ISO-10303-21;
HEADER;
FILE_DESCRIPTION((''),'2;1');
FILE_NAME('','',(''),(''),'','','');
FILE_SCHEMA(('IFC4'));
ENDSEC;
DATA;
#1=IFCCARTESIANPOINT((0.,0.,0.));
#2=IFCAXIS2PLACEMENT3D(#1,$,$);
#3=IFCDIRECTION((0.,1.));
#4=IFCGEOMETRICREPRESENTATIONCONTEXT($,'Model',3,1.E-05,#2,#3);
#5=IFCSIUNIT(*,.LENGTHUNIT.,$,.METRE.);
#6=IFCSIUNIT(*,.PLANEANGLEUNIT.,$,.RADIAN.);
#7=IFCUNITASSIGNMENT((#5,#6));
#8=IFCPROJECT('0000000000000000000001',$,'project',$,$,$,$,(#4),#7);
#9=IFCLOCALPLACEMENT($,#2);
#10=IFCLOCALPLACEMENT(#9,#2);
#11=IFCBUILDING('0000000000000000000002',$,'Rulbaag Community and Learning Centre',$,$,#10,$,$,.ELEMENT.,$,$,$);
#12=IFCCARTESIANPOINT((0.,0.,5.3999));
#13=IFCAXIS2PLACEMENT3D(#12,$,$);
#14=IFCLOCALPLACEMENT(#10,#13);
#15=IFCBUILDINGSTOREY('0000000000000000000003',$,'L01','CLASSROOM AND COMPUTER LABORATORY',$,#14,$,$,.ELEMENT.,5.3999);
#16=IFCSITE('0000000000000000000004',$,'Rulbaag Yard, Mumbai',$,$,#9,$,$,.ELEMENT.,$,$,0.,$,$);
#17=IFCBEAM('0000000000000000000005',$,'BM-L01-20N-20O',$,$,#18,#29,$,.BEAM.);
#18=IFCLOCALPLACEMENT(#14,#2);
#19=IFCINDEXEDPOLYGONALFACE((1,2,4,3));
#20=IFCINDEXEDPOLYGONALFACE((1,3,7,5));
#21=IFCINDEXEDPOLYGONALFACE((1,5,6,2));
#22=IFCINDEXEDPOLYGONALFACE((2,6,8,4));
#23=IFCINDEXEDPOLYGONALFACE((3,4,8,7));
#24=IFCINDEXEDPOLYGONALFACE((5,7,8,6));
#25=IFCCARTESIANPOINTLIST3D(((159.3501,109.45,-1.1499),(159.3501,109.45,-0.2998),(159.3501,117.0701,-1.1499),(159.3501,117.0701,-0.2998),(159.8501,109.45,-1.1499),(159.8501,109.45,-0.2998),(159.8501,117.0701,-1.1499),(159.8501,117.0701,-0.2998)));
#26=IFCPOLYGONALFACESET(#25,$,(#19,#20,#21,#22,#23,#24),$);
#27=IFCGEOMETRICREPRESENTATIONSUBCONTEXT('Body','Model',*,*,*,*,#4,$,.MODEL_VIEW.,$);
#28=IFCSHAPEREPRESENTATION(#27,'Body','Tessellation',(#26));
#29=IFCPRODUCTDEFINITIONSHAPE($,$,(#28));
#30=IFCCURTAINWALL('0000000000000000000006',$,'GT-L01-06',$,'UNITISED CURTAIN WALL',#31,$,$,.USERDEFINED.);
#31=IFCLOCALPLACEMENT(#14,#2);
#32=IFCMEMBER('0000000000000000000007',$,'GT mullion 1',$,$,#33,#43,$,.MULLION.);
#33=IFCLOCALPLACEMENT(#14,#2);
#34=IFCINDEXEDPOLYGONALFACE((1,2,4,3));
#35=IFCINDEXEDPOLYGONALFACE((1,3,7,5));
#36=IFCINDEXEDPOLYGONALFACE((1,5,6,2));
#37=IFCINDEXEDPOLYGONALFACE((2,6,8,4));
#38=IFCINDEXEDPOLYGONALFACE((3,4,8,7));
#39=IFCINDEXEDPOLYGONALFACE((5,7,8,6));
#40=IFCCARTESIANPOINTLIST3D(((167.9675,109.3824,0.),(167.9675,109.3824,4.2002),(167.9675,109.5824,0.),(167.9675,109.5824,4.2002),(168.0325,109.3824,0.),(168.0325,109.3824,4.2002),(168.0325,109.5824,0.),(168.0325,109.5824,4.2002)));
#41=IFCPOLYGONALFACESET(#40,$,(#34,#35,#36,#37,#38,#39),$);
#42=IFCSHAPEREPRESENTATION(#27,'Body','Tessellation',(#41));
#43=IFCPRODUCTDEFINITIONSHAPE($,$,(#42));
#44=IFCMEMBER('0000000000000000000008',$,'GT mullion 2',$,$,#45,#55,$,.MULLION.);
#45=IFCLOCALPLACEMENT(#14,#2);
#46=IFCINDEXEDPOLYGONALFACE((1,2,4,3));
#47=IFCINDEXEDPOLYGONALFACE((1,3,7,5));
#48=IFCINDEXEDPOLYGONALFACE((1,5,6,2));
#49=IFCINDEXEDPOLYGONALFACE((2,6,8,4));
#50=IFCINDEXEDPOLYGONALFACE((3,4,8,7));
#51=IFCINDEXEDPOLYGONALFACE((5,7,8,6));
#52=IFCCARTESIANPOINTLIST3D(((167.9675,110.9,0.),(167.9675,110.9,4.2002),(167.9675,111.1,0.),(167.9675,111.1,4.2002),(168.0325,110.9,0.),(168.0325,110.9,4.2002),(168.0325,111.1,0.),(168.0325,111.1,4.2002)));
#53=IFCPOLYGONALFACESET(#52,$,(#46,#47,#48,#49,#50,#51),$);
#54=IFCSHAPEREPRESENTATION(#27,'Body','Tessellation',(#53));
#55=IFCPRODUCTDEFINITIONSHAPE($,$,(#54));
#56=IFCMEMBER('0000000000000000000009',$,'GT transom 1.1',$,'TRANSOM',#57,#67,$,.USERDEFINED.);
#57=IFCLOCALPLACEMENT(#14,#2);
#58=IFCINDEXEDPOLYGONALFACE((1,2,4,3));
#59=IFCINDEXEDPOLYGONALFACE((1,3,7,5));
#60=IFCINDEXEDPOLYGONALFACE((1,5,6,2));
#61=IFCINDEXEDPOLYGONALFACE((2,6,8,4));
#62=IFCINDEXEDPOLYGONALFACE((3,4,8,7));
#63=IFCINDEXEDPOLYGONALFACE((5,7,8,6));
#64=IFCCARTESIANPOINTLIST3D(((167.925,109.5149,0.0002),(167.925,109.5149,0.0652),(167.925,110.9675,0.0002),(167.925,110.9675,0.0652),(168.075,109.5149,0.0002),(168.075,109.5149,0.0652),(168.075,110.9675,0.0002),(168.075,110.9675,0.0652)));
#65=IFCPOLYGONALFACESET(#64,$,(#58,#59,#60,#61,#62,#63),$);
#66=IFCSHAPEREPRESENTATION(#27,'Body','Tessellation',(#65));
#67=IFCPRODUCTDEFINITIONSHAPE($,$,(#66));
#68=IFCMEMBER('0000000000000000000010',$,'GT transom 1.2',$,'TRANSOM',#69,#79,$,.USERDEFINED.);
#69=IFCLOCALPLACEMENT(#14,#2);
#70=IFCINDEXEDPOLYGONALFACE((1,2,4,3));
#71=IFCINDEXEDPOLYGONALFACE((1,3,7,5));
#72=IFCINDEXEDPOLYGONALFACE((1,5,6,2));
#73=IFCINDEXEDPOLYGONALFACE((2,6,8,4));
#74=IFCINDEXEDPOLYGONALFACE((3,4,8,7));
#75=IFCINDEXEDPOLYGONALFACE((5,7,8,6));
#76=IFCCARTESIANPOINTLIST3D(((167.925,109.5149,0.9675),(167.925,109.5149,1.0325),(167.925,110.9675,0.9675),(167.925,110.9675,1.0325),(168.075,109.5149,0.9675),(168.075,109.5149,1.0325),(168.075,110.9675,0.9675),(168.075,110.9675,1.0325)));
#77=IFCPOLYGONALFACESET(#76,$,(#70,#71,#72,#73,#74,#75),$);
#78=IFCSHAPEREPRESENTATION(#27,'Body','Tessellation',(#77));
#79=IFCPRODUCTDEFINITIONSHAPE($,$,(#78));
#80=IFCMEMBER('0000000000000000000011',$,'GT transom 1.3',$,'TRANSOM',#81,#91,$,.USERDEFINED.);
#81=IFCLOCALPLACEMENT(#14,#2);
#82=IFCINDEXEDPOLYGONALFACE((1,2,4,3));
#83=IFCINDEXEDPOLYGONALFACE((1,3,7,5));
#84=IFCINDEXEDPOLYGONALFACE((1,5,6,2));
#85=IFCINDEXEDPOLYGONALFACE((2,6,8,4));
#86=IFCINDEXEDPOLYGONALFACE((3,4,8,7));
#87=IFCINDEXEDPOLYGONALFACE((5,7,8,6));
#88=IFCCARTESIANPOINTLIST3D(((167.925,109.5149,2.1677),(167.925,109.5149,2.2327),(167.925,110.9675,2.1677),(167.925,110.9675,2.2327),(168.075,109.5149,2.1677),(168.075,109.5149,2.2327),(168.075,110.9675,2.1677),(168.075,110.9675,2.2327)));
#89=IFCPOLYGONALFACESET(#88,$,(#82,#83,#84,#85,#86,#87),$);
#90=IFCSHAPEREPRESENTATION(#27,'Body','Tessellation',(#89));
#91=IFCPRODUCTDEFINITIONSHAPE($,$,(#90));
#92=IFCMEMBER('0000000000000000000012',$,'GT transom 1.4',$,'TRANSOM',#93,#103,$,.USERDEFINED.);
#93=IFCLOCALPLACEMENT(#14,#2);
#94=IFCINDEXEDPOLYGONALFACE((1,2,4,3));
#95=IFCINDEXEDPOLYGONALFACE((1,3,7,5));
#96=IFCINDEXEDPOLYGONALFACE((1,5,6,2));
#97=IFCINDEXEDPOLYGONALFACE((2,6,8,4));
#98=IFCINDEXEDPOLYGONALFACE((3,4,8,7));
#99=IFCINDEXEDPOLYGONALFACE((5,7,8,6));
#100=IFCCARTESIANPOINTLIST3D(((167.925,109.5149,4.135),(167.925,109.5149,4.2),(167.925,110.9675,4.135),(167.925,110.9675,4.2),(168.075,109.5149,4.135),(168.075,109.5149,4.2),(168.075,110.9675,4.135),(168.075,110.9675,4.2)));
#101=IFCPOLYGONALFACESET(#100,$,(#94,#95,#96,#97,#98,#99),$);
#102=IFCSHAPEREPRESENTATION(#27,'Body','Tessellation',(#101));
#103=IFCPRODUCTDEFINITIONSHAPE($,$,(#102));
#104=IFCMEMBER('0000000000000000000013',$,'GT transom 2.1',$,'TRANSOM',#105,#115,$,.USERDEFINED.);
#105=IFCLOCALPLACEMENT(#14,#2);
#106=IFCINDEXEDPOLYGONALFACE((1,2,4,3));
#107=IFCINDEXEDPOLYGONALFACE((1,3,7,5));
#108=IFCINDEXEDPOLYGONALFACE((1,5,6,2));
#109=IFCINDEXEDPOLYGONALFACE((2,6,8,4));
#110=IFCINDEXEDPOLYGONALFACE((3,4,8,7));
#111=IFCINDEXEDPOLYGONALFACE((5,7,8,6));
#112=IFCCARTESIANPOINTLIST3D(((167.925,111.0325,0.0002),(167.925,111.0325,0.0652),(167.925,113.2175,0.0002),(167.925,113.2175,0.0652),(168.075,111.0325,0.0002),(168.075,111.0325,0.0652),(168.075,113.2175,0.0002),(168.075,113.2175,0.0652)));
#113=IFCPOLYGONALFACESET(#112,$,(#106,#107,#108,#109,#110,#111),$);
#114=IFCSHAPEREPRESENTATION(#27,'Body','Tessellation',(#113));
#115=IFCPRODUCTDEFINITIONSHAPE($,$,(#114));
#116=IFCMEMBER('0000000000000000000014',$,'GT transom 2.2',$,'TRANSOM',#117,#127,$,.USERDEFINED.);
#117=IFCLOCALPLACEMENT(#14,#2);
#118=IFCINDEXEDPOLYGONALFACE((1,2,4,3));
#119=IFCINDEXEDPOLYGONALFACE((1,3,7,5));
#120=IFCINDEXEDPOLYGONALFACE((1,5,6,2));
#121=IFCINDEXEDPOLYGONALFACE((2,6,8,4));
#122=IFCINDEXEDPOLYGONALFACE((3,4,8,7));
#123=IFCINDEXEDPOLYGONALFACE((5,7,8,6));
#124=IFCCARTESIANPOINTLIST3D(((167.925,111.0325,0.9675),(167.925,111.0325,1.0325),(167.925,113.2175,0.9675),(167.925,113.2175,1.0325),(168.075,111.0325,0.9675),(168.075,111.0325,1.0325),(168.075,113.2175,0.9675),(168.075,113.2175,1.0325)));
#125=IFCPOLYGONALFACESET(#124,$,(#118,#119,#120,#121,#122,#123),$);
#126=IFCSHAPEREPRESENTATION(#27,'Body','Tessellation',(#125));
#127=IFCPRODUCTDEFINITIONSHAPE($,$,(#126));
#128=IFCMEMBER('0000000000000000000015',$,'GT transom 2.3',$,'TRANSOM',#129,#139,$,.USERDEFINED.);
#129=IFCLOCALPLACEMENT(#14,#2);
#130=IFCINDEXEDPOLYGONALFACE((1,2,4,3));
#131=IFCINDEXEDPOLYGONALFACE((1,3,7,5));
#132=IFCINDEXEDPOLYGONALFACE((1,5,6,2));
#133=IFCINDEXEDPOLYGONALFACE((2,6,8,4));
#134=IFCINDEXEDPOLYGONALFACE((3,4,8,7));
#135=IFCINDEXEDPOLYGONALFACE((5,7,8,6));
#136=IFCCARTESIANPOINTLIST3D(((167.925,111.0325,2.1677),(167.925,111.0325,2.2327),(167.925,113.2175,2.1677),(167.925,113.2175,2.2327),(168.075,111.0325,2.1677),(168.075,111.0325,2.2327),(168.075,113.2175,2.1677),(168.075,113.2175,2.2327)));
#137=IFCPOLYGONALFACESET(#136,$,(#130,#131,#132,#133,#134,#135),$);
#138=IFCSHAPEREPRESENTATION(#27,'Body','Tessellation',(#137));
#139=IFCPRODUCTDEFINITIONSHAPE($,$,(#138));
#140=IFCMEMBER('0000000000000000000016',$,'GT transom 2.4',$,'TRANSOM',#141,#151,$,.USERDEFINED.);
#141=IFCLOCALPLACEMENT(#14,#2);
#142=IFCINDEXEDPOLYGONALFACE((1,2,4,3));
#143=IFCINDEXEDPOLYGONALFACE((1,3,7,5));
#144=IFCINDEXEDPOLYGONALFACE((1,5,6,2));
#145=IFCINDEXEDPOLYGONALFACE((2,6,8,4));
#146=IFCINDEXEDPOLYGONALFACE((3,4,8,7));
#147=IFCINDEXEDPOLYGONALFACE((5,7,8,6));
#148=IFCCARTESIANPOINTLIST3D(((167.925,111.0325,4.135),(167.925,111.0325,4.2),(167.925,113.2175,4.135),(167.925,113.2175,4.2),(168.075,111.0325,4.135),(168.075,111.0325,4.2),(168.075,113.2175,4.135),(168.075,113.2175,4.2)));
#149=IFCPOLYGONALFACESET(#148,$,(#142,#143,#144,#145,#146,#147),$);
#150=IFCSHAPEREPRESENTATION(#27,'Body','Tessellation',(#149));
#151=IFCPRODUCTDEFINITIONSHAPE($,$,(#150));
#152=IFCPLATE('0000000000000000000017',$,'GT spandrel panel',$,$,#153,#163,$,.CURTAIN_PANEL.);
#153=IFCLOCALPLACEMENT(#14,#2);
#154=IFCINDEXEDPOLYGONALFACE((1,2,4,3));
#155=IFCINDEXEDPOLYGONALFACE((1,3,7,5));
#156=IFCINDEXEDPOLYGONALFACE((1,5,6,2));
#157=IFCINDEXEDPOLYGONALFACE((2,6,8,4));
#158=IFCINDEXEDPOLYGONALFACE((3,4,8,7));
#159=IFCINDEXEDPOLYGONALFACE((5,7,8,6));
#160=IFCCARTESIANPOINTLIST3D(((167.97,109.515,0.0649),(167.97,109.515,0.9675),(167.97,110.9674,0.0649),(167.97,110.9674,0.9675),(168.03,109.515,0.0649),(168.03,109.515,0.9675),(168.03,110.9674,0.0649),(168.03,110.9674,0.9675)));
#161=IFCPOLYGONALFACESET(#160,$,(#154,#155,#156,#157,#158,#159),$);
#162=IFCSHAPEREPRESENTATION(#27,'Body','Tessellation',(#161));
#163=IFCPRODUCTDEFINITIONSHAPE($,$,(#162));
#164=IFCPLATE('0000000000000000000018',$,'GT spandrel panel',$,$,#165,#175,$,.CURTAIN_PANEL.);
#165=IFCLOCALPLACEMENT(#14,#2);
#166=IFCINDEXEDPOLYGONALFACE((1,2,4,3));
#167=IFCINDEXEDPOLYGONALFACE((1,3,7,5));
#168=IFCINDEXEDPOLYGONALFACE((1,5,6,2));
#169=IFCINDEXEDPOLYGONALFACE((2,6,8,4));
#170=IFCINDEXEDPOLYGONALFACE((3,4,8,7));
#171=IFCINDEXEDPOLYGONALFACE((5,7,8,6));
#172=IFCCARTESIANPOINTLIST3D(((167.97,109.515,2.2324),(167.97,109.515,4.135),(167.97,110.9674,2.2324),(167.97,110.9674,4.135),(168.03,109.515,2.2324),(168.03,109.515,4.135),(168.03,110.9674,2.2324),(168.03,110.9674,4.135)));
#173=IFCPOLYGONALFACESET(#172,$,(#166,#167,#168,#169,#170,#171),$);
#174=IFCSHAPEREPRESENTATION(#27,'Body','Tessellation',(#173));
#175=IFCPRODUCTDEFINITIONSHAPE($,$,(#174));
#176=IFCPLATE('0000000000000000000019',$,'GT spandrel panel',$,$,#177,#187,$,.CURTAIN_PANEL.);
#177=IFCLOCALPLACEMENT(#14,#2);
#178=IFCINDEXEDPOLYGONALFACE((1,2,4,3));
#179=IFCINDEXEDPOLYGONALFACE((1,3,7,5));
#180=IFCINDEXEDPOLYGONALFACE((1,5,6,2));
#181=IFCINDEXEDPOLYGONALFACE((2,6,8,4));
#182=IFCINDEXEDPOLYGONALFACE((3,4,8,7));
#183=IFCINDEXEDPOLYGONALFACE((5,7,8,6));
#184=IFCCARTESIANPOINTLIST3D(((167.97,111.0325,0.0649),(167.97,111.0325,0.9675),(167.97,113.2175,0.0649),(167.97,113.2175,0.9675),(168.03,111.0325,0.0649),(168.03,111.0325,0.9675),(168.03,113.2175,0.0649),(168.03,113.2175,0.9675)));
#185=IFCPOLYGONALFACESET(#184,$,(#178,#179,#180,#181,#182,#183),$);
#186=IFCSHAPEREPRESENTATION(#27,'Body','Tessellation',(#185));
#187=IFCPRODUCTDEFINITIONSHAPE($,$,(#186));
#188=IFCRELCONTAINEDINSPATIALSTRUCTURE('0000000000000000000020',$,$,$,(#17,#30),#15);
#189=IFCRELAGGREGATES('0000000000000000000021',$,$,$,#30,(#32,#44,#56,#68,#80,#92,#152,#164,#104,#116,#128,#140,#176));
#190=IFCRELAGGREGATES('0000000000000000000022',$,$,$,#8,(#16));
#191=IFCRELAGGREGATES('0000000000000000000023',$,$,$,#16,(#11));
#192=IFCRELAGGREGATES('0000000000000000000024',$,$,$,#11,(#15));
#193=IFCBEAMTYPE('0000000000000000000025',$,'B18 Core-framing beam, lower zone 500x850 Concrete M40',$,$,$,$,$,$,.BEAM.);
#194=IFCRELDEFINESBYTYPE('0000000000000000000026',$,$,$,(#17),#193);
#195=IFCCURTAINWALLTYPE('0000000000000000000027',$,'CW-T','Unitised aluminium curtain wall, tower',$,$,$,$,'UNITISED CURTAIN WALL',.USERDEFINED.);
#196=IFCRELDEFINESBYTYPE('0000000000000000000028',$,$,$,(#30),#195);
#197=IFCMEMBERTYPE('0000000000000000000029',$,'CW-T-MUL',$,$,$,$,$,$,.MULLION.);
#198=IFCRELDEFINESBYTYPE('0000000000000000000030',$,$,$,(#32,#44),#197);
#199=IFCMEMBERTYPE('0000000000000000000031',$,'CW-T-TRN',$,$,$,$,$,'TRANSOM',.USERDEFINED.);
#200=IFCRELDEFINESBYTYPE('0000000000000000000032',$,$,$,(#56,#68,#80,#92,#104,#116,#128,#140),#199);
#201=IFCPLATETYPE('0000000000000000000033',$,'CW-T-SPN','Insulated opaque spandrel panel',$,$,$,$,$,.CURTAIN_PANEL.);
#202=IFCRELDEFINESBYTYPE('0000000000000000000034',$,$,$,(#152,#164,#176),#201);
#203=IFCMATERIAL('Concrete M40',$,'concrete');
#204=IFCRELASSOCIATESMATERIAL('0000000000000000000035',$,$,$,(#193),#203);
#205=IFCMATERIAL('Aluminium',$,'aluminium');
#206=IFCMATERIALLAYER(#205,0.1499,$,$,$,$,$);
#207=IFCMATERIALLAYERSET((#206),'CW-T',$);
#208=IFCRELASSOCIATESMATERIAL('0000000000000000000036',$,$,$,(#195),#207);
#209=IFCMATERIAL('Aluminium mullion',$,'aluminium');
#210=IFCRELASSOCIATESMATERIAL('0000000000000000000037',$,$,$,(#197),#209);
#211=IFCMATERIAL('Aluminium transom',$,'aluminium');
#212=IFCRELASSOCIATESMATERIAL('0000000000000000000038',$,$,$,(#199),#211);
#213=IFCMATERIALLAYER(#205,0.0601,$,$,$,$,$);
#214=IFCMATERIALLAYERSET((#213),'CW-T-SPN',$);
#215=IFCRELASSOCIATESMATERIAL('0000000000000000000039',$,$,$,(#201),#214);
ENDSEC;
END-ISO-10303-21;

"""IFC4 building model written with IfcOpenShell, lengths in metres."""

from ifc_helpers import new_model, si_unit, direction, frame, origin, origin_2d, place, context, subcontext, project, spatial, rectangle, extrude, material, layer, layer_set, material_profile, profile_set, type_object, element, aggregate, save


model = new_model("IFC4")

# Units and contexts
model_context = context("Model", 3, precision=1e-05, world=origin(), true_north=direction((0.0, 1.0)))
body_context = subcontext(model_context, "Body", "Model", "MODEL_VIEW")
ifc_project = project(units=[si_unit("LENGTHUNIT", "METRE"), si_unit("PLANEANGLEUNIT", "RADIAN")], contexts=[model_context])

# Site, building, storey
site_placement = place(None, origin())
site = spatial("IfcSite", under=ifc_project, at=site_placement, Name="Rulbaag Yard, Mumbai", CompositionType="ELEMENT", RefElevation=0.0)
building_placement = place(site_placement, origin())
building = spatial("IfcBuilding", under=site, at=building_placement, Name="Rulbaag Community and Learning Centre", CompositionType="ELEMENT")
storey_placement = place(building_placement, frame((0.0, 0.0, 5.3999)))
storey = spatial("IfcBuildingStorey", under=building, at=storey_placement, Name="L01", Description="CLASSROOM AND COMPUTER LABORATORY", CompositionType="ELEMENT", Elevation=5.3999)

# Beam
ifc_material_1 = material(Name="Concrete M40", Category="concrete")
ifc_material_profile_1 = material_profile(ifc_material_1, rectangle(XDim=0.5, YDim=0.8501, at=origin_2d()), Name="RB500x850")
ifc_profile_set_1 = profile_set([ifc_material_profile_1], Name="Concrete M40")
beam_type = type_object("IfcBeamType", Name="B18 Core-framing beam, lower zone 500x850 Concrete M40", PredefinedType="BEAM", material=ifc_profile_set_1)
beam_placement = place(storey_placement, frame((159.6001, 109.45, -0.7249), z_axis=(0.0, 1.0, 0.0), x_axis=(-1.0, 0.0, 0.0)))
element("IfcBeam", 1, at=beam_placement, inside=storey, type_object=beam_type, Name="BM-L01-20N-20O", PredefinedType="BEAM", context=body_context, shape_type="SweptSolid", body=[
    extrude(rectangle(XDim=0.5, YDim=0.8501, at=origin_2d()), origin(), (0.0, 0.0, 1.0), 7.6201),
])

# Curtain wall, members, plates
ifc_material_2 = material(Name="Aluminium", Category="aluminium")
ifc_layer_1 = layer(ifc_material_2, 0.1499)
ifc_layer_set_1 = layer_set([ifc_layer_1], Name="CW-T")
curtain_wall_type = type_object("IfcCurtainWallType", Name="CW-T", Description="Unitised aluminium curtain wall, tower", ElementType="UNITISED CURTAIN WALL", PredefinedType="USERDEFINED", material=ifc_layer_set_1)
curtain_wall_placement = place(storey_placement, origin())
curtain_wall = element("IfcCurtainWall", 2, at=curtain_wall_placement, inside=storey, type_object=curtain_wall_type, Name="GT-L01-06", ObjectType="UNITISED CURTAIN WALL", PredefinedType="USERDEFINED")
ifc_material_3 = material(Name="Aluminium mullion", Category="aluminium")
ifc_material_profile_2 = material_profile(ifc_material_3, rectangle(XDim=0.0649, YDim=0.2, at=origin_2d()), Name="AL 65x200")
ifc_profile_set_2 = profile_set([ifc_material_profile_2], Name="Aluminium mullion")
member_type_1 = type_object("IfcMemberType", Name="CW-T-MUL", PredefinedType="MULLION", material=ifc_profile_set_2)
member_1_placement = place(storey_placement, frame((168.0, 109.4824, 0.0), z_axis=(0.0, 0.0, 1.0), x_axis=(-1.0, 0.0, 0.0)))
member_1 = element("IfcMember", 3, at=member_1_placement, type_object=member_type_1, Name="GT mullion 1", PredefinedType="MULLION", context=body_context, shape_type="SweptSolid", body=[
    extrude(rectangle(XDim=0.0649, YDim=0.2, at=origin_2d()), origin(), (0.0, 0.0, 1.0), 4.2002),
])
member_2_placement = place(storey_placement, frame((168.0, 111.0, 0.0), z_axis=(0.0, 0.0, 1.0), x_axis=(-1.0, 0.0, 0.0)))
member_2 = element("IfcMember", 4, at=member_2_placement, type_object=member_type_1, Name="GT mullion 2", PredefinedType="MULLION", context=body_context, shape_type="SweptSolid", body=[
    extrude(rectangle(XDim=0.0649, YDim=0.2, at=origin_2d()), origin(), (0.0, 0.0, 1.0), 4.2002),
])
ifc_material_4 = material(Name="Aluminium transom", Category="aluminium")
ifc_material_profile_3 = material_profile(ifc_material_4, rectangle(XDim=0.1499, YDim=0.0649, at=origin_2d()), Name="AL 65x150 T")
ifc_profile_set_3 = profile_set([ifc_material_profile_3], Name="Aluminium transom")
member_type_2 = type_object("IfcMemberType", Name="CW-T-TRN", ElementType="TRANSOM", PredefinedType="USERDEFINED", material=ifc_profile_set_3)
member_3_placement = place(storey_placement, frame((168.0, 109.5149, 0.0327), z_axis=(0.0, 1.0, 0.0), x_axis=(-1.0, 0.0, 0.0)))
member_3 = element("IfcMember", 5, at=member_3_placement, type_object=member_type_2, Name="GT transom 1.1", ObjectType="TRANSOM", PredefinedType="USERDEFINED", context=body_context, shape_type="SweptSolid", body=[
    extrude(rectangle(XDim=0.1499, YDim=0.0649, at=origin_2d()), origin(), (0.0, 0.0, 1.0), 1.4526),
])
member_4_placement = place(storey_placement, frame((168.0, 109.5149, 1.0), z_axis=(0.0, 1.0, 0.0), x_axis=(-1.0, 0.0, 0.0)))
member_4 = element("IfcMember", 6, at=member_4_placement, type_object=member_type_2, Name="GT transom 1.2", ObjectType="TRANSOM", PredefinedType="USERDEFINED", context=body_context, shape_type="SweptSolid", body=[
    extrude(rectangle(XDim=0.1499, YDim=0.0649, at=origin_2d()), origin(), (0.0, 0.0, 1.0), 1.4526),
])
member_5_placement = place(storey_placement, frame((168.0, 109.5149, 2.2002), z_axis=(0.0, 1.0, 0.0), x_axis=(-1.0, 0.0, 0.0)))
member_5 = element("IfcMember", 7, at=member_5_placement, type_object=member_type_2, Name="GT transom 1.3", ObjectType="TRANSOM", PredefinedType="USERDEFINED", context=body_context, shape_type="SweptSolid", body=[
    extrude(rectangle(XDim=0.1499, YDim=0.0649, at=origin_2d()), origin(), (0.0, 0.0, 1.0), 1.4526),
])
member_6_placement = place(storey_placement, frame((168.0, 109.5149, 4.1675), z_axis=(0.0, 1.0, 0.0), x_axis=(-1.0, 0.0, 0.0)))
member_6 = element("IfcMember", 8, at=member_6_placement, type_object=member_type_2, Name="GT transom 1.4", ObjectType="TRANSOM", PredefinedType="USERDEFINED", context=body_context, shape_type="SweptSolid", body=[
    extrude(rectangle(XDim=0.1499, YDim=0.0649, at=origin_2d()), origin(), (0.0, 0.0, 1.0), 1.4526),
])
member_7_placement = place(storey_placement, frame((168.0, 111.0325, 0.0327), z_axis=(0.0, 1.0, 0.0), x_axis=(-1.0, 0.0, 0.0)))
member_7 = element("IfcMember", 9, at=member_7_placement, type_object=member_type_2, Name="GT transom 2.1", ObjectType="TRANSOM", PredefinedType="USERDEFINED", context=body_context, shape_type="SweptSolid", body=[
    extrude(rectangle(XDim=0.1499, YDim=0.0649, at=origin_2d()), origin(), (0.0, 0.0, 1.0), 2.1851),
])
member_8_placement = place(storey_placement, frame((168.0, 111.0325, 1.0), z_axis=(0.0, 1.0, 0.0), x_axis=(-1.0, 0.0, 0.0)))
member_8 = element("IfcMember", 10, at=member_8_placement, type_object=member_type_2, Name="GT transom 2.2", ObjectType="TRANSOM", PredefinedType="USERDEFINED", context=body_context, shape_type="SweptSolid", body=[
    extrude(rectangle(XDim=0.1499, YDim=0.0649, at=origin_2d()), origin(), (0.0, 0.0, 1.0), 2.1851),
])
member_9_placement = place(storey_placement, frame((168.0, 111.0325, 2.2002), z_axis=(0.0, 1.0, 0.0), x_axis=(-1.0, 0.0, 0.0)))
member_9 = element("IfcMember", 11, at=member_9_placement, type_object=member_type_2, Name="GT transom 2.3", ObjectType="TRANSOM", PredefinedType="USERDEFINED", context=body_context, shape_type="SweptSolid", body=[
    extrude(rectangle(XDim=0.1499, YDim=0.0649, at=origin_2d()), origin(), (0.0, 0.0, 1.0), 2.1851),
])
member_10_placement = place(storey_placement, frame((168.0, 111.0325, 4.1675), z_axis=(0.0, 1.0, 0.0), x_axis=(-1.0, 0.0, 0.0)))
member_10 = element("IfcMember", 12, at=member_10_placement, type_object=member_type_2, Name="GT transom 2.4", ObjectType="TRANSOM", PredefinedType="USERDEFINED", context=body_context, shape_type="SweptSolid", body=[
    extrude(rectangle(XDim=0.1499, YDim=0.0649, at=origin_2d()), origin(), (0.0, 0.0, 1.0), 2.1851),
])
ifc_layer_2 = layer(ifc_material_2, 0.0601)
ifc_layer_set_2 = layer_set([ifc_layer_2], Name="CW-T-SPN")
plate_type_1 = type_object("IfcPlateType", Name="CW-T-SPN", Description="Insulated opaque spandrel panel", PredefinedType="CURTAIN_PANEL", material=ifc_layer_set_2)
plate_1_placement = place(storey_placement, frame((168.0, 110.2412, 0.0649), z_axis=(0.0, 0.0, 1.0), x_axis=(0.0, 1.0, 0.0)))
plate_1 = element("IfcPlate", 13, at=plate_1_placement, type_object=plate_type_1, Name="GT spandrel panel", PredefinedType="CURTAIN_PANEL", context=body_context, shape_type="SweptSolid", body=[
    extrude(rectangle(XDim=1.4524, YDim=0.0601, at=origin_2d()), origin(), (0.0, 0.0, 1.0), 0.9026),
])
plate_2_placement = place(storey_placement, frame((168.0, 110.2412, 2.2324), z_axis=(0.0, 0.0, 1.0), x_axis=(0.0, 1.0, 0.0)))
plate_2 = element("IfcPlate", 14, at=plate_2_placement, type_object=plate_type_1, Name="GT spandrel panel", PredefinedType="CURTAIN_PANEL", context=body_context, shape_type="SweptSolid", body=[
    extrude(rectangle(XDim=1.4524, YDim=0.0601, at=origin_2d()), origin(), (0.0, 0.0, 1.0), 1.9026),
])
plate_3_placement = place(storey_placement, frame((168.0, 112.125, 0.0649), z_axis=(0.0, 0.0, 1.0), x_axis=(0.0, 1.0, 0.0)))
plate_3 = element("IfcPlate", 15, at=plate_3_placement, type_object=plate_type_1, Name="GT spandrel panel", PredefinedType="CURTAIN_PANEL", context=body_context, shape_type="SweptSolid", body=[
    extrude(rectangle(XDim=2.1851, YDim=0.0601, at=origin_2d()), origin(), (0.0, 0.0, 1.0), 0.9026),
])
aggregate(curtain_wall, [member_1, member_2, member_3, member_4, member_5, member_6, plate_1, plate_2, member_7, member_8, member_9, member_10, plate_3])

save(model, "model.ifc")
